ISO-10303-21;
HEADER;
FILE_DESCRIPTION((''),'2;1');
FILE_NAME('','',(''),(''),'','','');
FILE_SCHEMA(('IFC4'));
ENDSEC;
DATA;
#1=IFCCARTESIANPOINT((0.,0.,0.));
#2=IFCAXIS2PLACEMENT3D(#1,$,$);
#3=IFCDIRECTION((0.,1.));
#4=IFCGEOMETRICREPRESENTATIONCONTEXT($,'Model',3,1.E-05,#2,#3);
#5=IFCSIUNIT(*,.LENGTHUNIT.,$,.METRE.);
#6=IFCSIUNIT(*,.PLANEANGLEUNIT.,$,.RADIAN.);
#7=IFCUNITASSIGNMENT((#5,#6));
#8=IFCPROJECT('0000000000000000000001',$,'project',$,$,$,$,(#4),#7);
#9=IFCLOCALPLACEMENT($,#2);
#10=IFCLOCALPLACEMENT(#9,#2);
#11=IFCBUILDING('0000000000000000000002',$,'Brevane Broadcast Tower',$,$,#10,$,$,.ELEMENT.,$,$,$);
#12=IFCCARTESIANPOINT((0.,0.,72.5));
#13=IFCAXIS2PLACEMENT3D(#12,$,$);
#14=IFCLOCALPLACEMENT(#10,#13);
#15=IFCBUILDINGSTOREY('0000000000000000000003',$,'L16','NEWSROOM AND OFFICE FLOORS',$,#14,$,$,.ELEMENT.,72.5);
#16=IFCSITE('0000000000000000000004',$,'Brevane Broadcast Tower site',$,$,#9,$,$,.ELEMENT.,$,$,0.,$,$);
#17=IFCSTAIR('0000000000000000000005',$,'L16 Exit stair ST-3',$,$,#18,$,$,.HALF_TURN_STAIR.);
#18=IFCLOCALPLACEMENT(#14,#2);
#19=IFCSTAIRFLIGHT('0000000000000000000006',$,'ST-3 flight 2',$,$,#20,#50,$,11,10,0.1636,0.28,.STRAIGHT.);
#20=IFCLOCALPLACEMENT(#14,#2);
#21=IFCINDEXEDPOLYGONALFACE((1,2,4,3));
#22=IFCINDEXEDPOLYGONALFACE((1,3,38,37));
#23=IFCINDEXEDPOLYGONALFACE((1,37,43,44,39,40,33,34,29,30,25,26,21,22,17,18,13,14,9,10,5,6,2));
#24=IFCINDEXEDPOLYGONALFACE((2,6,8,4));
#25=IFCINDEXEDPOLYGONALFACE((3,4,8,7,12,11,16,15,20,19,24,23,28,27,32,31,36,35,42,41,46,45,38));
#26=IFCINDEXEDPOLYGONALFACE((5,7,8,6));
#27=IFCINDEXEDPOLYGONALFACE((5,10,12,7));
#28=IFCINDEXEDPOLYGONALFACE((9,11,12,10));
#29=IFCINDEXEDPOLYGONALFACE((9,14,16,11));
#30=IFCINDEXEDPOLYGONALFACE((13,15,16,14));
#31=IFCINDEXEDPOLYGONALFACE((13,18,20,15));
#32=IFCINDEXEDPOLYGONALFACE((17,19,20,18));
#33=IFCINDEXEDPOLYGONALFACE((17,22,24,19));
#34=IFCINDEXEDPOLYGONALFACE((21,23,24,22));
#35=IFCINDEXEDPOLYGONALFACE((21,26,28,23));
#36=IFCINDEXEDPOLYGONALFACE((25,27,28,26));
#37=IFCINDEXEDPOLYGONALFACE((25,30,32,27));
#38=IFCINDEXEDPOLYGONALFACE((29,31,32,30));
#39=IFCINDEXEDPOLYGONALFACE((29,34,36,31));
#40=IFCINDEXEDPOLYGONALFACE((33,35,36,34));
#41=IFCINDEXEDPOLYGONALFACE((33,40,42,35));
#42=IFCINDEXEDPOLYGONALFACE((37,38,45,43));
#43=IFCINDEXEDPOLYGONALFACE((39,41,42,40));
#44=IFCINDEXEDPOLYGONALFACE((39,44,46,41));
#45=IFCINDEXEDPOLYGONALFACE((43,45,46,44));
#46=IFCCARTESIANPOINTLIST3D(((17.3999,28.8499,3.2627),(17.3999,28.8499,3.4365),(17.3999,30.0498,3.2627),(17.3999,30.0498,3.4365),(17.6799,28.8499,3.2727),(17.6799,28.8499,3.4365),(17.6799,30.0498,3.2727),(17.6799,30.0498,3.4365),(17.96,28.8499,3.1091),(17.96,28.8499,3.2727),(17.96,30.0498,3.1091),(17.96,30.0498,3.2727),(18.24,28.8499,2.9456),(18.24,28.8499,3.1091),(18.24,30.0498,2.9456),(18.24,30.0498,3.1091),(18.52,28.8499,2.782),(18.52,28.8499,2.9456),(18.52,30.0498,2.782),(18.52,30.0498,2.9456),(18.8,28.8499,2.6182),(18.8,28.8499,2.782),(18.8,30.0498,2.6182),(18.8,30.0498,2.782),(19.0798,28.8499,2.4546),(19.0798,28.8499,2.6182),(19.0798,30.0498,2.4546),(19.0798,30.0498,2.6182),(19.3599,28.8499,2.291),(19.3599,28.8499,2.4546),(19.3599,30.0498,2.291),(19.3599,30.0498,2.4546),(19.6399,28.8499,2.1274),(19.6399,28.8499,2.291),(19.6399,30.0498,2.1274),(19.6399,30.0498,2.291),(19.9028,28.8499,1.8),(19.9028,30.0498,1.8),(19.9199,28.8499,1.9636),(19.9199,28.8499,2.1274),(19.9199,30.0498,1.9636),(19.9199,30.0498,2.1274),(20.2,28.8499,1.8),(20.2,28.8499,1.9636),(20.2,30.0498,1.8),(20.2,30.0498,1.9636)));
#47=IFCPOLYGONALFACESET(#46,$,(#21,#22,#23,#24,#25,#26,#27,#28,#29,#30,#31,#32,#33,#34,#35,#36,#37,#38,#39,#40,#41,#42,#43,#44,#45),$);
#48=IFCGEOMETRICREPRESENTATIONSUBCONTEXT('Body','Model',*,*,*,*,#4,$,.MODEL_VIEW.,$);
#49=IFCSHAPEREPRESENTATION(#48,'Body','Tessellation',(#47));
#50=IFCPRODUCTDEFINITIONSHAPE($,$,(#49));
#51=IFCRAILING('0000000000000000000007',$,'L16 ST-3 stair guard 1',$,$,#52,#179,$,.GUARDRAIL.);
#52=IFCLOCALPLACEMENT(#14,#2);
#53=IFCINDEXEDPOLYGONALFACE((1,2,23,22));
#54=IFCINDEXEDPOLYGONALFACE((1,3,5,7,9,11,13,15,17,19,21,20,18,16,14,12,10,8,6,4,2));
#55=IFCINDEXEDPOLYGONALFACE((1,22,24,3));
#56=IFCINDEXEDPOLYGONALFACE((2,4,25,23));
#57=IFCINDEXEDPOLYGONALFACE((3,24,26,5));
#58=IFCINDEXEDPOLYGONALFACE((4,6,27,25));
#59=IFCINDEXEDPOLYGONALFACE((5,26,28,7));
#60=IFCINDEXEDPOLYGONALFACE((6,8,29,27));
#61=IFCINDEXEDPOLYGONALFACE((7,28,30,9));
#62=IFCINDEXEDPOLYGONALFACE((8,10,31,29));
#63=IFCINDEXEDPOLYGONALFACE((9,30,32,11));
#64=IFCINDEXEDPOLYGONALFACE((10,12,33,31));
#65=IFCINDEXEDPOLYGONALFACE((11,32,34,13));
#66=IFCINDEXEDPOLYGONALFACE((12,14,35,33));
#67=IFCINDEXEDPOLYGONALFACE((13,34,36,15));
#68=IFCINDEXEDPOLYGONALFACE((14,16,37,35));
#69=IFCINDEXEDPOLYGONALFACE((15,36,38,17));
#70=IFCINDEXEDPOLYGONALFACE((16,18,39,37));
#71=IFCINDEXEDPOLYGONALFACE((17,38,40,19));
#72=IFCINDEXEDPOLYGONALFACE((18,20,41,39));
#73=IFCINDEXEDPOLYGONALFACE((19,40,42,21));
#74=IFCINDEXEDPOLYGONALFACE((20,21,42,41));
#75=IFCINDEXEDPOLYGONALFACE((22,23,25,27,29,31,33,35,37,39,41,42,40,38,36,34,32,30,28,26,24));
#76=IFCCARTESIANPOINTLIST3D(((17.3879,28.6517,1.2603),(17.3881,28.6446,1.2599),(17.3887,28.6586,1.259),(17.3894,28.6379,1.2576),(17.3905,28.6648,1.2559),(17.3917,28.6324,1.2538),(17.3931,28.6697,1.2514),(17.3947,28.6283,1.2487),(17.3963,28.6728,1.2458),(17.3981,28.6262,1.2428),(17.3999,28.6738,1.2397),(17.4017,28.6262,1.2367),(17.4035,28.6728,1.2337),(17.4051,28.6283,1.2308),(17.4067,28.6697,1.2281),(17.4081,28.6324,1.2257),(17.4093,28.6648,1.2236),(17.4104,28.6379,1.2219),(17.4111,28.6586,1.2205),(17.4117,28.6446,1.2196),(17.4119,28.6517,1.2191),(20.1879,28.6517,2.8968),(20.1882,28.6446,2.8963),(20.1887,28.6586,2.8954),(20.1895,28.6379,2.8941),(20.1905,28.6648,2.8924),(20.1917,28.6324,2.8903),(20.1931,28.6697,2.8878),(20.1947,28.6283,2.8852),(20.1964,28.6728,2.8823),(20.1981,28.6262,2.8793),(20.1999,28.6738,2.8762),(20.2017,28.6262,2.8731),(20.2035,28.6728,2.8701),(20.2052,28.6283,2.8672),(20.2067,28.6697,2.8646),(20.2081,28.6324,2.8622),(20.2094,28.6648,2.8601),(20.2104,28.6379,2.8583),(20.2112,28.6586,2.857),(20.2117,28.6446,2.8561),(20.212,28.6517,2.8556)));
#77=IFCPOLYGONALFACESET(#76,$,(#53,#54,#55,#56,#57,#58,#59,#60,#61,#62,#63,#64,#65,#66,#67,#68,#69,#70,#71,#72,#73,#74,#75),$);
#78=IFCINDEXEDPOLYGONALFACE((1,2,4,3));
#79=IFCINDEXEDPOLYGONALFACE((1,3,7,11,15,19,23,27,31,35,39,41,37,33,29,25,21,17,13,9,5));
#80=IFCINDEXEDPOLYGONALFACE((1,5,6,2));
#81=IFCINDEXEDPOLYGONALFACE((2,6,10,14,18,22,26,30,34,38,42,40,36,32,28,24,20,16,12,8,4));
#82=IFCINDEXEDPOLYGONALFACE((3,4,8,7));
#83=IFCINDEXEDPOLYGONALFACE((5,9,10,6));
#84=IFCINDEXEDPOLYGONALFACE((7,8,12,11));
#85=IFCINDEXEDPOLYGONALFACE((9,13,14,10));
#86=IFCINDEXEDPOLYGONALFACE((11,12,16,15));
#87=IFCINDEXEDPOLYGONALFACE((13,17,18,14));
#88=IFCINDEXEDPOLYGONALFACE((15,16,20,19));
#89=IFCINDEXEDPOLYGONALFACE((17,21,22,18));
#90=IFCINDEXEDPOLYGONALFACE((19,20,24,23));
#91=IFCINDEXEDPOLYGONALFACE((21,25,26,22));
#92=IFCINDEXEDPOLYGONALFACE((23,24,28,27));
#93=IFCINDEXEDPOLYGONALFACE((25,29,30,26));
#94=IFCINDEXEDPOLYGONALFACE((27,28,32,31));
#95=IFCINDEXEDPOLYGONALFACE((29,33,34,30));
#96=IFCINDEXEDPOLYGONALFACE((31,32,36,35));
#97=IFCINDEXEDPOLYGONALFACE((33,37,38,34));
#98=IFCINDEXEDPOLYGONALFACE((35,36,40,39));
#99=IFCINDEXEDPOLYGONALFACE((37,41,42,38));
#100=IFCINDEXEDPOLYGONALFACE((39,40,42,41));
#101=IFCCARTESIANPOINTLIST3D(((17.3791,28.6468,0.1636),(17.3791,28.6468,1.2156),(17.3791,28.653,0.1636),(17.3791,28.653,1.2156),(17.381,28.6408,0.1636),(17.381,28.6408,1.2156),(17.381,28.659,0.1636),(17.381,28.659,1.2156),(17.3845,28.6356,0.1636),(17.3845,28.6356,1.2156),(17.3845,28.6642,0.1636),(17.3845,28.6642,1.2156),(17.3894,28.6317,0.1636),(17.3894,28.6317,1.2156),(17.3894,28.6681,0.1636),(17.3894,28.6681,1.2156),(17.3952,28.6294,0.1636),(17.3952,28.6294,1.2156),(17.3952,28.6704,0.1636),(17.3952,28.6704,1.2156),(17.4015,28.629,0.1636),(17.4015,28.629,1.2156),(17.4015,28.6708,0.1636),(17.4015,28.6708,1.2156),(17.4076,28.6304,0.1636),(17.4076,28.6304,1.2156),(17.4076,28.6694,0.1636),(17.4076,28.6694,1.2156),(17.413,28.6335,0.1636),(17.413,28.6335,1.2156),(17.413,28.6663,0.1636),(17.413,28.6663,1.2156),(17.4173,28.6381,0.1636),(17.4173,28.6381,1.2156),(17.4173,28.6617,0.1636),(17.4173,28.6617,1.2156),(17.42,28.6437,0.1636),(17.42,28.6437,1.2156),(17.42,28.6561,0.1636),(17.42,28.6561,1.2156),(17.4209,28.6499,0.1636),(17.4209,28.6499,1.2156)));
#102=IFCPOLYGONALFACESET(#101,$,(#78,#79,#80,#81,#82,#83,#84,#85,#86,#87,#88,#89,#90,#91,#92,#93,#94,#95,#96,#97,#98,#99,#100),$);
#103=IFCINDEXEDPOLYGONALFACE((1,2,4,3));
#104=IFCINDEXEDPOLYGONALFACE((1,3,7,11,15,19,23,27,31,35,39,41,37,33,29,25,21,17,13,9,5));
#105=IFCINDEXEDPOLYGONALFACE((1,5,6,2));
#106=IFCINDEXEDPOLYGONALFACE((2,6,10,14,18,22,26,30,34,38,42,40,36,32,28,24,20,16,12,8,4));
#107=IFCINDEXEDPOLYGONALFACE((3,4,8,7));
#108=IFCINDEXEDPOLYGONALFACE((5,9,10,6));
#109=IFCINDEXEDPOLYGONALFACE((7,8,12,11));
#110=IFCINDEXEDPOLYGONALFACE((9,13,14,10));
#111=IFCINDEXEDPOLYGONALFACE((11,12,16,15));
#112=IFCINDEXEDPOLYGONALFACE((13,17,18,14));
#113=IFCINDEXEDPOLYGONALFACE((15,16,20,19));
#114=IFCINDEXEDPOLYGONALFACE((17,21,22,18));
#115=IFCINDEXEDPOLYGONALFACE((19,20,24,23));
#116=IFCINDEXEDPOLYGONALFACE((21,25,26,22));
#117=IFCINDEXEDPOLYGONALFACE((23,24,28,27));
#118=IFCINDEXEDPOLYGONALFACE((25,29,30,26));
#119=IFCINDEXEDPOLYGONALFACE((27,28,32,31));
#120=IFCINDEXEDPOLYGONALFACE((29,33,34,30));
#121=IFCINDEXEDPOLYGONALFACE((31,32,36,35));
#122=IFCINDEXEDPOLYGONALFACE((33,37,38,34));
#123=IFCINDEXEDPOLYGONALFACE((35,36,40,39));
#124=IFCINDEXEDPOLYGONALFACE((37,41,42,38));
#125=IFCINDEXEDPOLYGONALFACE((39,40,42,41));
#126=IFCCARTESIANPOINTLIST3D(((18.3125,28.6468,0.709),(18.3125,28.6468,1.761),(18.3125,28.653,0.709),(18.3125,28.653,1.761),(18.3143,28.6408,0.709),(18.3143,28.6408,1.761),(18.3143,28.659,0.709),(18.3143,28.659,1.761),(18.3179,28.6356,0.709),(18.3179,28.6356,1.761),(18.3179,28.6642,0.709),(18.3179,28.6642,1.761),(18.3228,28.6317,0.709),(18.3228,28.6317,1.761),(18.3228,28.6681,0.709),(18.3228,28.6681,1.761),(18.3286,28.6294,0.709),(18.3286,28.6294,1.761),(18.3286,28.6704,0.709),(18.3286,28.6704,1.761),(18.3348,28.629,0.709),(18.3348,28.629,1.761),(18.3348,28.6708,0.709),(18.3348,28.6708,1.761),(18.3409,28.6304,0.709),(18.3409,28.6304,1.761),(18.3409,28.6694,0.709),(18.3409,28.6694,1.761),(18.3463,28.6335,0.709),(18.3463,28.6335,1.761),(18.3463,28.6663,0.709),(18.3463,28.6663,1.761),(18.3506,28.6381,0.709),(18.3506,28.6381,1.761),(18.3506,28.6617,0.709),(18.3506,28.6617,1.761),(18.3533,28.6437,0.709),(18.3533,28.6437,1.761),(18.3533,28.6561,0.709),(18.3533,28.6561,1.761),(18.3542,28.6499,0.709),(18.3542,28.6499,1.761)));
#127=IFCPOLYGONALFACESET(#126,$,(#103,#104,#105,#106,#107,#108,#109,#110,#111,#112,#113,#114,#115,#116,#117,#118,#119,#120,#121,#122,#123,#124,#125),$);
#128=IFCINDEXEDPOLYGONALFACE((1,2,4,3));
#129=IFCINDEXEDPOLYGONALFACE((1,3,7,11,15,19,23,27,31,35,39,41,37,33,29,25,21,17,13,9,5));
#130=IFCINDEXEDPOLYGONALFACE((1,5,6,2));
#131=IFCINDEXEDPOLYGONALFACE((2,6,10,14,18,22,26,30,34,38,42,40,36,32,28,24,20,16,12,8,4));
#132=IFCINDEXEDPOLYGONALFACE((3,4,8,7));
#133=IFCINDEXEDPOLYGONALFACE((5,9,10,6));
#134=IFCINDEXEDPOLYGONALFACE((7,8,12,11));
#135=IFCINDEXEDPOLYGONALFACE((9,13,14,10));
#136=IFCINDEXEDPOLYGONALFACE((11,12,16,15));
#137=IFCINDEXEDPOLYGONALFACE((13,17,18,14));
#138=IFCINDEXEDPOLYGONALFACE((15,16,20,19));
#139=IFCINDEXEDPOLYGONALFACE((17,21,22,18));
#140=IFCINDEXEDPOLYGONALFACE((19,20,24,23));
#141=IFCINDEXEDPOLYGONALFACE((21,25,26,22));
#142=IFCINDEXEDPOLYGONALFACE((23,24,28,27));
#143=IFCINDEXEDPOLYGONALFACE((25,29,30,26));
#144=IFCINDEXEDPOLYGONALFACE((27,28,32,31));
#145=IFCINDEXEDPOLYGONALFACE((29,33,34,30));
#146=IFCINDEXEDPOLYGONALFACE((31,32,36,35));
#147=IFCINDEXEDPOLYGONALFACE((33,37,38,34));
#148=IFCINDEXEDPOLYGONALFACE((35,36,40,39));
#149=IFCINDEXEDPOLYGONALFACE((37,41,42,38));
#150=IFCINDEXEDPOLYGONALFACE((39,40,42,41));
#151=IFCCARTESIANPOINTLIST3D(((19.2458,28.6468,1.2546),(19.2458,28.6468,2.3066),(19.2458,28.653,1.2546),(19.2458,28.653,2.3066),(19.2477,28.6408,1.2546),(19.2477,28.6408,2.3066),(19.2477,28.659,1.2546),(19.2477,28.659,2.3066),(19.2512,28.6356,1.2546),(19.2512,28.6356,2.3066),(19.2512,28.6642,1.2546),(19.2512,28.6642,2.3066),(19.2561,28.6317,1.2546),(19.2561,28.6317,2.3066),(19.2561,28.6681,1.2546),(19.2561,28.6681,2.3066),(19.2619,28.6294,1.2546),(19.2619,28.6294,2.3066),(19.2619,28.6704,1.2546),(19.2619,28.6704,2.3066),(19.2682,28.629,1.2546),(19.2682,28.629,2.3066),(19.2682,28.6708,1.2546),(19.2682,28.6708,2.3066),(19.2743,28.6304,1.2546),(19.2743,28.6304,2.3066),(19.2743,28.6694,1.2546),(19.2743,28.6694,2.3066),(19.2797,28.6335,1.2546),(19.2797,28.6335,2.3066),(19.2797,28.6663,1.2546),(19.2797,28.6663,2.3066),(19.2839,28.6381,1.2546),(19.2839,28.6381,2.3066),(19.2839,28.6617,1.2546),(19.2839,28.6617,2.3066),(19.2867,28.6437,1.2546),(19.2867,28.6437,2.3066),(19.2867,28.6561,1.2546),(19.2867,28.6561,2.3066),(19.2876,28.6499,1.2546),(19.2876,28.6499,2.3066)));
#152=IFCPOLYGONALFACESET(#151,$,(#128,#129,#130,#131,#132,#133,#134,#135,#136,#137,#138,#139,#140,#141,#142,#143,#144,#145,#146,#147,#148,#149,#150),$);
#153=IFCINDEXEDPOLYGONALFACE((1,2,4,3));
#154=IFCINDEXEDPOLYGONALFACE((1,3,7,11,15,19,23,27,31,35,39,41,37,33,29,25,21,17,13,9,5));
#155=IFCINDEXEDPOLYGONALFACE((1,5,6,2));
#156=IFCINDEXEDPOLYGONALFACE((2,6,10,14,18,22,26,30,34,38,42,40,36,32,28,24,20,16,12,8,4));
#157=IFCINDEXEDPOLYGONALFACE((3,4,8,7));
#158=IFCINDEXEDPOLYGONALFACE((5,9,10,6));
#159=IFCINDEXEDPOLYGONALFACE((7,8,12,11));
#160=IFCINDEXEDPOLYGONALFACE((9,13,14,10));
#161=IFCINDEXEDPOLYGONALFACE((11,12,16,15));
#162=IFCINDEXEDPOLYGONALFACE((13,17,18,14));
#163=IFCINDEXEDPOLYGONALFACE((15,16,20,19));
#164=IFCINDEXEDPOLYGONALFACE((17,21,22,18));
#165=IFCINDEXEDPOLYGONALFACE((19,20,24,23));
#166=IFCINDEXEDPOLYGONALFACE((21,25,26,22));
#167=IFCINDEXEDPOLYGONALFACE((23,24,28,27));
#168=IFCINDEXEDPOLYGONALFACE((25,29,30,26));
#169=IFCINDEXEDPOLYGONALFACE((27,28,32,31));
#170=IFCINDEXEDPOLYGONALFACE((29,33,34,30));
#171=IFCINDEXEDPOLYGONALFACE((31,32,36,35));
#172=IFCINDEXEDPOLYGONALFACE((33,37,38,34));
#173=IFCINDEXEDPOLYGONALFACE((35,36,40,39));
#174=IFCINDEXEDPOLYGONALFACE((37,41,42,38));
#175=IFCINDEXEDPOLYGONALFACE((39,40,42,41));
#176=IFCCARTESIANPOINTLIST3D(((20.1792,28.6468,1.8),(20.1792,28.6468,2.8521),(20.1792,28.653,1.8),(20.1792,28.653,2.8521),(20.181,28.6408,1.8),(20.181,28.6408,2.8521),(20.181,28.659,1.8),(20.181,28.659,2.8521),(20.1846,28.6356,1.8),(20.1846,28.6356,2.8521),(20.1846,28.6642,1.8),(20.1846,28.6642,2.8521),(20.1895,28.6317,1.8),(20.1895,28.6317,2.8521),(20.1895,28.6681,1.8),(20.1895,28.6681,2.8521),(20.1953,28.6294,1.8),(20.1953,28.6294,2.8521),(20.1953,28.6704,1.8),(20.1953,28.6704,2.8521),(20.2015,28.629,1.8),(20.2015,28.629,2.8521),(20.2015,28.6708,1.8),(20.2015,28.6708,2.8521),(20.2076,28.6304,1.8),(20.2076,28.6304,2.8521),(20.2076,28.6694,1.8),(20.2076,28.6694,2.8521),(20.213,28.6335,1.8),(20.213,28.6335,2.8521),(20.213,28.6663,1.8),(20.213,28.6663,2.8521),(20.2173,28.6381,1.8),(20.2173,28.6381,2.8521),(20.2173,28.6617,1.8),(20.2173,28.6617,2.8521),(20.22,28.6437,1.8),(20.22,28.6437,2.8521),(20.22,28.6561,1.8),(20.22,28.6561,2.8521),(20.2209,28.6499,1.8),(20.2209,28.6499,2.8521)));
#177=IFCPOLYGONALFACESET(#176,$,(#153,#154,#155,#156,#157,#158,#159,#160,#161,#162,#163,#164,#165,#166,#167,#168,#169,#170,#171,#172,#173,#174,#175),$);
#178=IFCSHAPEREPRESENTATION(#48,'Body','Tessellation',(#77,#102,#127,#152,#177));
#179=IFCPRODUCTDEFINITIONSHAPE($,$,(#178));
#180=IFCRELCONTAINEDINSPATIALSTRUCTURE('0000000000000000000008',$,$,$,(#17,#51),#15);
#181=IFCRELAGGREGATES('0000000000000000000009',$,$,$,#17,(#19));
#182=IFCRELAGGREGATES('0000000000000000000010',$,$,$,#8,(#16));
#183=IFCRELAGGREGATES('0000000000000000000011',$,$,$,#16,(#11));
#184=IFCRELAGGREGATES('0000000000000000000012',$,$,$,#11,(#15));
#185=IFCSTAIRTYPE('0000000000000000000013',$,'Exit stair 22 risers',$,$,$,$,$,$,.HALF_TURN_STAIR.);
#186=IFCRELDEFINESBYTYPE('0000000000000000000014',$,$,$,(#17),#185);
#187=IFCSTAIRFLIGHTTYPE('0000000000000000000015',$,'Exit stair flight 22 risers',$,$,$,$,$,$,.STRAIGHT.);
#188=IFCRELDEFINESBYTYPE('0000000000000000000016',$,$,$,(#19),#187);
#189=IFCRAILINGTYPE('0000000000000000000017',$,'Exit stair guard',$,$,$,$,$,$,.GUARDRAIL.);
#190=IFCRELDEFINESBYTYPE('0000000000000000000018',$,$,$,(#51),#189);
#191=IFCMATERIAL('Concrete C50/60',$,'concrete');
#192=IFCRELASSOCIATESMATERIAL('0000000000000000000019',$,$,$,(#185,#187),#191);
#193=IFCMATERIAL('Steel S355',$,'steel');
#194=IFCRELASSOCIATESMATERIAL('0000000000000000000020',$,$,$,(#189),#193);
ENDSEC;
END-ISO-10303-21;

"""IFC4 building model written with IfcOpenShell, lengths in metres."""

from ifc_helpers import new_model, si_unit, direction, frame, origin, origin_2d, place, context, subcontext, project, spatial, polyline, circle, outline, extrude, material, type_object, element, aggregate, save


model = new_model("IFC4")

# Units and contexts
model_context = context("Model", 3, precision=1e-05, world=origin(), true_north=direction((0.0, 1.0)))
body_context = subcontext(model_context, "Body", "Model", "MODEL_VIEW")
ifc_project = project(units=[si_unit("LENGTHUNIT", "METRE"), si_unit("PLANEANGLEUNIT", "RADIAN")], contexts=[model_context])

# Site, building, storey
site_placement = place(None, origin())
site = spatial("IfcSite", under=ifc_project, at=site_placement, Name="Brevane Broadcast Tower site", CompositionType="ELEMENT", RefElevation=0.0)
building_placement = place(site_placement, origin())
building = spatial("IfcBuilding", under=site, at=building_placement, Name="Brevane Broadcast Tower", CompositionType="ELEMENT")
storey_placement = place(building_placement, frame((0.0, 0.0, 72.5)))
storey = spatial("IfcBuildingStorey", under=building, at=storey_placement, Name="L16", Description="NEWSROOM AND OFFICE FLOORS", CompositionType="ELEMENT", Elevation=72.5)

# Stair, stair flight
ifc_material_1 = material(Name="Concrete C50/60", Category="concrete")
stair_type = type_object("IfcStairType", Name="Exit stair 22 risers", PredefinedType="HALF_TURN_STAIR", material=ifc_material_1)
stair_placement = place(storey_placement, origin())
stair = element("IfcStair", 1, at=stair_placement, inside=storey, type_object=stair_type, Name="L16 Exit stair ST-3", PredefinedType="HALF_TURN_STAIR")
stair_flight_type = type_object("IfcStairFlightType", Name="Exit stair flight 22 risers", PredefinedType="STRAIGHT", material=ifc_material_1)
stair_flight_1_placement = place(storey_placement, frame((20.2, 29.45, 1.8), z_axis=(0.0, 0.0, 1.0), x_axis=(-1.0, 0.0, 0.0)))
stair_flight_1 = element("IfcStairFlight", 2, at=stair_flight_1_placement, type_object=stair_flight_type, Name="ST-3 flight 2", NumberOfRisers=11, NumberOfTreads=10, PredefinedType="STRAIGHT", RiserHeight=0.1636, TreadLength=0.28, context=body_context, shape_type="SweptSolid", body=[
    extrude(outline(polyline([(0.0, 0.0), (0.0, 0.1636), (0.28, 0.1636), (0.28, 0.3274), (0.5601, 0.3274), (0.5601, 0.491), (0.8401, 0.491), (0.8401, 0.6545), (1.1201, 0.6545), (1.1201, 0.8181), (1.3999, 0.8181), (1.3999, 0.9819), (1.6799, 0.9819), (1.6799, 1.1455), (1.96, 1.1455), (1.96, 1.3091), (2.24, 1.3091), (2.24, 1.4727), (2.52, 1.4727), (2.52, 1.6365), (2.8, 1.6365), (2.8, 1.8), (2.8, 1.4626), (0.2971, 0.0), (0.0, 0.0)])), frame((0.0, 0.6001, 0.0), z_axis=(0.0, -1.0, 0.0), x_axis=(1.0, 0.0, 0.0)), (0.0, 0.0, 1.0), 1.2),
])
aggregate(stair, [stair_flight_1])

# Railing
ifc_material_2 = material(Name="Steel S355", Category="steel")
railing_type_1 = type_object("IfcRailingType", Name="Exit stair guard", PredefinedType="GUARDRAIL", material=ifc_material_2)
railing_1_placement = place(storey_placement, frame((17.3999, 28.6499, 0.1636)))
element("IfcRailing", 3, at=railing_1_placement, inside=storey, type_object=railing_type_1, Name="L16 ST-3 stair guard 1", PredefinedType="GUARDRAIL", context=body_context, shape_type="SweptSolid", body=[
    extrude(circle(Radius=0.0239, at=origin_2d()), frame((0.0, 0.0, 1.0762), z_axis=(0.863361, 0.0, 0.504587), x_axis=(0.0, 1.0, 0.0)), (0.0, 0.0, 1.0), 3.2432),
    extrude(circle(Radius=0.021, at=origin_2d()), origin(), (0.0, 0.0, 1.0), 1.052),
    extrude(circle(Radius=0.021, at=origin_2d()), frame((0.9333, 0.0, 0.5454)), (0.0, 0.0, 1.0), 1.052),
    extrude(circle(Radius=0.021, at=origin_2d()), frame((1.8667, 0.0, 1.0911)), (0.0, 0.0, 1.0), 1.052),
    extrude(circle(Radius=0.021, at=origin_2d()), frame((2.8, 0.0, 1.6365)), (0.0, 0.0, 1.0), 1.052),
])

save(model, "model.ifc")
